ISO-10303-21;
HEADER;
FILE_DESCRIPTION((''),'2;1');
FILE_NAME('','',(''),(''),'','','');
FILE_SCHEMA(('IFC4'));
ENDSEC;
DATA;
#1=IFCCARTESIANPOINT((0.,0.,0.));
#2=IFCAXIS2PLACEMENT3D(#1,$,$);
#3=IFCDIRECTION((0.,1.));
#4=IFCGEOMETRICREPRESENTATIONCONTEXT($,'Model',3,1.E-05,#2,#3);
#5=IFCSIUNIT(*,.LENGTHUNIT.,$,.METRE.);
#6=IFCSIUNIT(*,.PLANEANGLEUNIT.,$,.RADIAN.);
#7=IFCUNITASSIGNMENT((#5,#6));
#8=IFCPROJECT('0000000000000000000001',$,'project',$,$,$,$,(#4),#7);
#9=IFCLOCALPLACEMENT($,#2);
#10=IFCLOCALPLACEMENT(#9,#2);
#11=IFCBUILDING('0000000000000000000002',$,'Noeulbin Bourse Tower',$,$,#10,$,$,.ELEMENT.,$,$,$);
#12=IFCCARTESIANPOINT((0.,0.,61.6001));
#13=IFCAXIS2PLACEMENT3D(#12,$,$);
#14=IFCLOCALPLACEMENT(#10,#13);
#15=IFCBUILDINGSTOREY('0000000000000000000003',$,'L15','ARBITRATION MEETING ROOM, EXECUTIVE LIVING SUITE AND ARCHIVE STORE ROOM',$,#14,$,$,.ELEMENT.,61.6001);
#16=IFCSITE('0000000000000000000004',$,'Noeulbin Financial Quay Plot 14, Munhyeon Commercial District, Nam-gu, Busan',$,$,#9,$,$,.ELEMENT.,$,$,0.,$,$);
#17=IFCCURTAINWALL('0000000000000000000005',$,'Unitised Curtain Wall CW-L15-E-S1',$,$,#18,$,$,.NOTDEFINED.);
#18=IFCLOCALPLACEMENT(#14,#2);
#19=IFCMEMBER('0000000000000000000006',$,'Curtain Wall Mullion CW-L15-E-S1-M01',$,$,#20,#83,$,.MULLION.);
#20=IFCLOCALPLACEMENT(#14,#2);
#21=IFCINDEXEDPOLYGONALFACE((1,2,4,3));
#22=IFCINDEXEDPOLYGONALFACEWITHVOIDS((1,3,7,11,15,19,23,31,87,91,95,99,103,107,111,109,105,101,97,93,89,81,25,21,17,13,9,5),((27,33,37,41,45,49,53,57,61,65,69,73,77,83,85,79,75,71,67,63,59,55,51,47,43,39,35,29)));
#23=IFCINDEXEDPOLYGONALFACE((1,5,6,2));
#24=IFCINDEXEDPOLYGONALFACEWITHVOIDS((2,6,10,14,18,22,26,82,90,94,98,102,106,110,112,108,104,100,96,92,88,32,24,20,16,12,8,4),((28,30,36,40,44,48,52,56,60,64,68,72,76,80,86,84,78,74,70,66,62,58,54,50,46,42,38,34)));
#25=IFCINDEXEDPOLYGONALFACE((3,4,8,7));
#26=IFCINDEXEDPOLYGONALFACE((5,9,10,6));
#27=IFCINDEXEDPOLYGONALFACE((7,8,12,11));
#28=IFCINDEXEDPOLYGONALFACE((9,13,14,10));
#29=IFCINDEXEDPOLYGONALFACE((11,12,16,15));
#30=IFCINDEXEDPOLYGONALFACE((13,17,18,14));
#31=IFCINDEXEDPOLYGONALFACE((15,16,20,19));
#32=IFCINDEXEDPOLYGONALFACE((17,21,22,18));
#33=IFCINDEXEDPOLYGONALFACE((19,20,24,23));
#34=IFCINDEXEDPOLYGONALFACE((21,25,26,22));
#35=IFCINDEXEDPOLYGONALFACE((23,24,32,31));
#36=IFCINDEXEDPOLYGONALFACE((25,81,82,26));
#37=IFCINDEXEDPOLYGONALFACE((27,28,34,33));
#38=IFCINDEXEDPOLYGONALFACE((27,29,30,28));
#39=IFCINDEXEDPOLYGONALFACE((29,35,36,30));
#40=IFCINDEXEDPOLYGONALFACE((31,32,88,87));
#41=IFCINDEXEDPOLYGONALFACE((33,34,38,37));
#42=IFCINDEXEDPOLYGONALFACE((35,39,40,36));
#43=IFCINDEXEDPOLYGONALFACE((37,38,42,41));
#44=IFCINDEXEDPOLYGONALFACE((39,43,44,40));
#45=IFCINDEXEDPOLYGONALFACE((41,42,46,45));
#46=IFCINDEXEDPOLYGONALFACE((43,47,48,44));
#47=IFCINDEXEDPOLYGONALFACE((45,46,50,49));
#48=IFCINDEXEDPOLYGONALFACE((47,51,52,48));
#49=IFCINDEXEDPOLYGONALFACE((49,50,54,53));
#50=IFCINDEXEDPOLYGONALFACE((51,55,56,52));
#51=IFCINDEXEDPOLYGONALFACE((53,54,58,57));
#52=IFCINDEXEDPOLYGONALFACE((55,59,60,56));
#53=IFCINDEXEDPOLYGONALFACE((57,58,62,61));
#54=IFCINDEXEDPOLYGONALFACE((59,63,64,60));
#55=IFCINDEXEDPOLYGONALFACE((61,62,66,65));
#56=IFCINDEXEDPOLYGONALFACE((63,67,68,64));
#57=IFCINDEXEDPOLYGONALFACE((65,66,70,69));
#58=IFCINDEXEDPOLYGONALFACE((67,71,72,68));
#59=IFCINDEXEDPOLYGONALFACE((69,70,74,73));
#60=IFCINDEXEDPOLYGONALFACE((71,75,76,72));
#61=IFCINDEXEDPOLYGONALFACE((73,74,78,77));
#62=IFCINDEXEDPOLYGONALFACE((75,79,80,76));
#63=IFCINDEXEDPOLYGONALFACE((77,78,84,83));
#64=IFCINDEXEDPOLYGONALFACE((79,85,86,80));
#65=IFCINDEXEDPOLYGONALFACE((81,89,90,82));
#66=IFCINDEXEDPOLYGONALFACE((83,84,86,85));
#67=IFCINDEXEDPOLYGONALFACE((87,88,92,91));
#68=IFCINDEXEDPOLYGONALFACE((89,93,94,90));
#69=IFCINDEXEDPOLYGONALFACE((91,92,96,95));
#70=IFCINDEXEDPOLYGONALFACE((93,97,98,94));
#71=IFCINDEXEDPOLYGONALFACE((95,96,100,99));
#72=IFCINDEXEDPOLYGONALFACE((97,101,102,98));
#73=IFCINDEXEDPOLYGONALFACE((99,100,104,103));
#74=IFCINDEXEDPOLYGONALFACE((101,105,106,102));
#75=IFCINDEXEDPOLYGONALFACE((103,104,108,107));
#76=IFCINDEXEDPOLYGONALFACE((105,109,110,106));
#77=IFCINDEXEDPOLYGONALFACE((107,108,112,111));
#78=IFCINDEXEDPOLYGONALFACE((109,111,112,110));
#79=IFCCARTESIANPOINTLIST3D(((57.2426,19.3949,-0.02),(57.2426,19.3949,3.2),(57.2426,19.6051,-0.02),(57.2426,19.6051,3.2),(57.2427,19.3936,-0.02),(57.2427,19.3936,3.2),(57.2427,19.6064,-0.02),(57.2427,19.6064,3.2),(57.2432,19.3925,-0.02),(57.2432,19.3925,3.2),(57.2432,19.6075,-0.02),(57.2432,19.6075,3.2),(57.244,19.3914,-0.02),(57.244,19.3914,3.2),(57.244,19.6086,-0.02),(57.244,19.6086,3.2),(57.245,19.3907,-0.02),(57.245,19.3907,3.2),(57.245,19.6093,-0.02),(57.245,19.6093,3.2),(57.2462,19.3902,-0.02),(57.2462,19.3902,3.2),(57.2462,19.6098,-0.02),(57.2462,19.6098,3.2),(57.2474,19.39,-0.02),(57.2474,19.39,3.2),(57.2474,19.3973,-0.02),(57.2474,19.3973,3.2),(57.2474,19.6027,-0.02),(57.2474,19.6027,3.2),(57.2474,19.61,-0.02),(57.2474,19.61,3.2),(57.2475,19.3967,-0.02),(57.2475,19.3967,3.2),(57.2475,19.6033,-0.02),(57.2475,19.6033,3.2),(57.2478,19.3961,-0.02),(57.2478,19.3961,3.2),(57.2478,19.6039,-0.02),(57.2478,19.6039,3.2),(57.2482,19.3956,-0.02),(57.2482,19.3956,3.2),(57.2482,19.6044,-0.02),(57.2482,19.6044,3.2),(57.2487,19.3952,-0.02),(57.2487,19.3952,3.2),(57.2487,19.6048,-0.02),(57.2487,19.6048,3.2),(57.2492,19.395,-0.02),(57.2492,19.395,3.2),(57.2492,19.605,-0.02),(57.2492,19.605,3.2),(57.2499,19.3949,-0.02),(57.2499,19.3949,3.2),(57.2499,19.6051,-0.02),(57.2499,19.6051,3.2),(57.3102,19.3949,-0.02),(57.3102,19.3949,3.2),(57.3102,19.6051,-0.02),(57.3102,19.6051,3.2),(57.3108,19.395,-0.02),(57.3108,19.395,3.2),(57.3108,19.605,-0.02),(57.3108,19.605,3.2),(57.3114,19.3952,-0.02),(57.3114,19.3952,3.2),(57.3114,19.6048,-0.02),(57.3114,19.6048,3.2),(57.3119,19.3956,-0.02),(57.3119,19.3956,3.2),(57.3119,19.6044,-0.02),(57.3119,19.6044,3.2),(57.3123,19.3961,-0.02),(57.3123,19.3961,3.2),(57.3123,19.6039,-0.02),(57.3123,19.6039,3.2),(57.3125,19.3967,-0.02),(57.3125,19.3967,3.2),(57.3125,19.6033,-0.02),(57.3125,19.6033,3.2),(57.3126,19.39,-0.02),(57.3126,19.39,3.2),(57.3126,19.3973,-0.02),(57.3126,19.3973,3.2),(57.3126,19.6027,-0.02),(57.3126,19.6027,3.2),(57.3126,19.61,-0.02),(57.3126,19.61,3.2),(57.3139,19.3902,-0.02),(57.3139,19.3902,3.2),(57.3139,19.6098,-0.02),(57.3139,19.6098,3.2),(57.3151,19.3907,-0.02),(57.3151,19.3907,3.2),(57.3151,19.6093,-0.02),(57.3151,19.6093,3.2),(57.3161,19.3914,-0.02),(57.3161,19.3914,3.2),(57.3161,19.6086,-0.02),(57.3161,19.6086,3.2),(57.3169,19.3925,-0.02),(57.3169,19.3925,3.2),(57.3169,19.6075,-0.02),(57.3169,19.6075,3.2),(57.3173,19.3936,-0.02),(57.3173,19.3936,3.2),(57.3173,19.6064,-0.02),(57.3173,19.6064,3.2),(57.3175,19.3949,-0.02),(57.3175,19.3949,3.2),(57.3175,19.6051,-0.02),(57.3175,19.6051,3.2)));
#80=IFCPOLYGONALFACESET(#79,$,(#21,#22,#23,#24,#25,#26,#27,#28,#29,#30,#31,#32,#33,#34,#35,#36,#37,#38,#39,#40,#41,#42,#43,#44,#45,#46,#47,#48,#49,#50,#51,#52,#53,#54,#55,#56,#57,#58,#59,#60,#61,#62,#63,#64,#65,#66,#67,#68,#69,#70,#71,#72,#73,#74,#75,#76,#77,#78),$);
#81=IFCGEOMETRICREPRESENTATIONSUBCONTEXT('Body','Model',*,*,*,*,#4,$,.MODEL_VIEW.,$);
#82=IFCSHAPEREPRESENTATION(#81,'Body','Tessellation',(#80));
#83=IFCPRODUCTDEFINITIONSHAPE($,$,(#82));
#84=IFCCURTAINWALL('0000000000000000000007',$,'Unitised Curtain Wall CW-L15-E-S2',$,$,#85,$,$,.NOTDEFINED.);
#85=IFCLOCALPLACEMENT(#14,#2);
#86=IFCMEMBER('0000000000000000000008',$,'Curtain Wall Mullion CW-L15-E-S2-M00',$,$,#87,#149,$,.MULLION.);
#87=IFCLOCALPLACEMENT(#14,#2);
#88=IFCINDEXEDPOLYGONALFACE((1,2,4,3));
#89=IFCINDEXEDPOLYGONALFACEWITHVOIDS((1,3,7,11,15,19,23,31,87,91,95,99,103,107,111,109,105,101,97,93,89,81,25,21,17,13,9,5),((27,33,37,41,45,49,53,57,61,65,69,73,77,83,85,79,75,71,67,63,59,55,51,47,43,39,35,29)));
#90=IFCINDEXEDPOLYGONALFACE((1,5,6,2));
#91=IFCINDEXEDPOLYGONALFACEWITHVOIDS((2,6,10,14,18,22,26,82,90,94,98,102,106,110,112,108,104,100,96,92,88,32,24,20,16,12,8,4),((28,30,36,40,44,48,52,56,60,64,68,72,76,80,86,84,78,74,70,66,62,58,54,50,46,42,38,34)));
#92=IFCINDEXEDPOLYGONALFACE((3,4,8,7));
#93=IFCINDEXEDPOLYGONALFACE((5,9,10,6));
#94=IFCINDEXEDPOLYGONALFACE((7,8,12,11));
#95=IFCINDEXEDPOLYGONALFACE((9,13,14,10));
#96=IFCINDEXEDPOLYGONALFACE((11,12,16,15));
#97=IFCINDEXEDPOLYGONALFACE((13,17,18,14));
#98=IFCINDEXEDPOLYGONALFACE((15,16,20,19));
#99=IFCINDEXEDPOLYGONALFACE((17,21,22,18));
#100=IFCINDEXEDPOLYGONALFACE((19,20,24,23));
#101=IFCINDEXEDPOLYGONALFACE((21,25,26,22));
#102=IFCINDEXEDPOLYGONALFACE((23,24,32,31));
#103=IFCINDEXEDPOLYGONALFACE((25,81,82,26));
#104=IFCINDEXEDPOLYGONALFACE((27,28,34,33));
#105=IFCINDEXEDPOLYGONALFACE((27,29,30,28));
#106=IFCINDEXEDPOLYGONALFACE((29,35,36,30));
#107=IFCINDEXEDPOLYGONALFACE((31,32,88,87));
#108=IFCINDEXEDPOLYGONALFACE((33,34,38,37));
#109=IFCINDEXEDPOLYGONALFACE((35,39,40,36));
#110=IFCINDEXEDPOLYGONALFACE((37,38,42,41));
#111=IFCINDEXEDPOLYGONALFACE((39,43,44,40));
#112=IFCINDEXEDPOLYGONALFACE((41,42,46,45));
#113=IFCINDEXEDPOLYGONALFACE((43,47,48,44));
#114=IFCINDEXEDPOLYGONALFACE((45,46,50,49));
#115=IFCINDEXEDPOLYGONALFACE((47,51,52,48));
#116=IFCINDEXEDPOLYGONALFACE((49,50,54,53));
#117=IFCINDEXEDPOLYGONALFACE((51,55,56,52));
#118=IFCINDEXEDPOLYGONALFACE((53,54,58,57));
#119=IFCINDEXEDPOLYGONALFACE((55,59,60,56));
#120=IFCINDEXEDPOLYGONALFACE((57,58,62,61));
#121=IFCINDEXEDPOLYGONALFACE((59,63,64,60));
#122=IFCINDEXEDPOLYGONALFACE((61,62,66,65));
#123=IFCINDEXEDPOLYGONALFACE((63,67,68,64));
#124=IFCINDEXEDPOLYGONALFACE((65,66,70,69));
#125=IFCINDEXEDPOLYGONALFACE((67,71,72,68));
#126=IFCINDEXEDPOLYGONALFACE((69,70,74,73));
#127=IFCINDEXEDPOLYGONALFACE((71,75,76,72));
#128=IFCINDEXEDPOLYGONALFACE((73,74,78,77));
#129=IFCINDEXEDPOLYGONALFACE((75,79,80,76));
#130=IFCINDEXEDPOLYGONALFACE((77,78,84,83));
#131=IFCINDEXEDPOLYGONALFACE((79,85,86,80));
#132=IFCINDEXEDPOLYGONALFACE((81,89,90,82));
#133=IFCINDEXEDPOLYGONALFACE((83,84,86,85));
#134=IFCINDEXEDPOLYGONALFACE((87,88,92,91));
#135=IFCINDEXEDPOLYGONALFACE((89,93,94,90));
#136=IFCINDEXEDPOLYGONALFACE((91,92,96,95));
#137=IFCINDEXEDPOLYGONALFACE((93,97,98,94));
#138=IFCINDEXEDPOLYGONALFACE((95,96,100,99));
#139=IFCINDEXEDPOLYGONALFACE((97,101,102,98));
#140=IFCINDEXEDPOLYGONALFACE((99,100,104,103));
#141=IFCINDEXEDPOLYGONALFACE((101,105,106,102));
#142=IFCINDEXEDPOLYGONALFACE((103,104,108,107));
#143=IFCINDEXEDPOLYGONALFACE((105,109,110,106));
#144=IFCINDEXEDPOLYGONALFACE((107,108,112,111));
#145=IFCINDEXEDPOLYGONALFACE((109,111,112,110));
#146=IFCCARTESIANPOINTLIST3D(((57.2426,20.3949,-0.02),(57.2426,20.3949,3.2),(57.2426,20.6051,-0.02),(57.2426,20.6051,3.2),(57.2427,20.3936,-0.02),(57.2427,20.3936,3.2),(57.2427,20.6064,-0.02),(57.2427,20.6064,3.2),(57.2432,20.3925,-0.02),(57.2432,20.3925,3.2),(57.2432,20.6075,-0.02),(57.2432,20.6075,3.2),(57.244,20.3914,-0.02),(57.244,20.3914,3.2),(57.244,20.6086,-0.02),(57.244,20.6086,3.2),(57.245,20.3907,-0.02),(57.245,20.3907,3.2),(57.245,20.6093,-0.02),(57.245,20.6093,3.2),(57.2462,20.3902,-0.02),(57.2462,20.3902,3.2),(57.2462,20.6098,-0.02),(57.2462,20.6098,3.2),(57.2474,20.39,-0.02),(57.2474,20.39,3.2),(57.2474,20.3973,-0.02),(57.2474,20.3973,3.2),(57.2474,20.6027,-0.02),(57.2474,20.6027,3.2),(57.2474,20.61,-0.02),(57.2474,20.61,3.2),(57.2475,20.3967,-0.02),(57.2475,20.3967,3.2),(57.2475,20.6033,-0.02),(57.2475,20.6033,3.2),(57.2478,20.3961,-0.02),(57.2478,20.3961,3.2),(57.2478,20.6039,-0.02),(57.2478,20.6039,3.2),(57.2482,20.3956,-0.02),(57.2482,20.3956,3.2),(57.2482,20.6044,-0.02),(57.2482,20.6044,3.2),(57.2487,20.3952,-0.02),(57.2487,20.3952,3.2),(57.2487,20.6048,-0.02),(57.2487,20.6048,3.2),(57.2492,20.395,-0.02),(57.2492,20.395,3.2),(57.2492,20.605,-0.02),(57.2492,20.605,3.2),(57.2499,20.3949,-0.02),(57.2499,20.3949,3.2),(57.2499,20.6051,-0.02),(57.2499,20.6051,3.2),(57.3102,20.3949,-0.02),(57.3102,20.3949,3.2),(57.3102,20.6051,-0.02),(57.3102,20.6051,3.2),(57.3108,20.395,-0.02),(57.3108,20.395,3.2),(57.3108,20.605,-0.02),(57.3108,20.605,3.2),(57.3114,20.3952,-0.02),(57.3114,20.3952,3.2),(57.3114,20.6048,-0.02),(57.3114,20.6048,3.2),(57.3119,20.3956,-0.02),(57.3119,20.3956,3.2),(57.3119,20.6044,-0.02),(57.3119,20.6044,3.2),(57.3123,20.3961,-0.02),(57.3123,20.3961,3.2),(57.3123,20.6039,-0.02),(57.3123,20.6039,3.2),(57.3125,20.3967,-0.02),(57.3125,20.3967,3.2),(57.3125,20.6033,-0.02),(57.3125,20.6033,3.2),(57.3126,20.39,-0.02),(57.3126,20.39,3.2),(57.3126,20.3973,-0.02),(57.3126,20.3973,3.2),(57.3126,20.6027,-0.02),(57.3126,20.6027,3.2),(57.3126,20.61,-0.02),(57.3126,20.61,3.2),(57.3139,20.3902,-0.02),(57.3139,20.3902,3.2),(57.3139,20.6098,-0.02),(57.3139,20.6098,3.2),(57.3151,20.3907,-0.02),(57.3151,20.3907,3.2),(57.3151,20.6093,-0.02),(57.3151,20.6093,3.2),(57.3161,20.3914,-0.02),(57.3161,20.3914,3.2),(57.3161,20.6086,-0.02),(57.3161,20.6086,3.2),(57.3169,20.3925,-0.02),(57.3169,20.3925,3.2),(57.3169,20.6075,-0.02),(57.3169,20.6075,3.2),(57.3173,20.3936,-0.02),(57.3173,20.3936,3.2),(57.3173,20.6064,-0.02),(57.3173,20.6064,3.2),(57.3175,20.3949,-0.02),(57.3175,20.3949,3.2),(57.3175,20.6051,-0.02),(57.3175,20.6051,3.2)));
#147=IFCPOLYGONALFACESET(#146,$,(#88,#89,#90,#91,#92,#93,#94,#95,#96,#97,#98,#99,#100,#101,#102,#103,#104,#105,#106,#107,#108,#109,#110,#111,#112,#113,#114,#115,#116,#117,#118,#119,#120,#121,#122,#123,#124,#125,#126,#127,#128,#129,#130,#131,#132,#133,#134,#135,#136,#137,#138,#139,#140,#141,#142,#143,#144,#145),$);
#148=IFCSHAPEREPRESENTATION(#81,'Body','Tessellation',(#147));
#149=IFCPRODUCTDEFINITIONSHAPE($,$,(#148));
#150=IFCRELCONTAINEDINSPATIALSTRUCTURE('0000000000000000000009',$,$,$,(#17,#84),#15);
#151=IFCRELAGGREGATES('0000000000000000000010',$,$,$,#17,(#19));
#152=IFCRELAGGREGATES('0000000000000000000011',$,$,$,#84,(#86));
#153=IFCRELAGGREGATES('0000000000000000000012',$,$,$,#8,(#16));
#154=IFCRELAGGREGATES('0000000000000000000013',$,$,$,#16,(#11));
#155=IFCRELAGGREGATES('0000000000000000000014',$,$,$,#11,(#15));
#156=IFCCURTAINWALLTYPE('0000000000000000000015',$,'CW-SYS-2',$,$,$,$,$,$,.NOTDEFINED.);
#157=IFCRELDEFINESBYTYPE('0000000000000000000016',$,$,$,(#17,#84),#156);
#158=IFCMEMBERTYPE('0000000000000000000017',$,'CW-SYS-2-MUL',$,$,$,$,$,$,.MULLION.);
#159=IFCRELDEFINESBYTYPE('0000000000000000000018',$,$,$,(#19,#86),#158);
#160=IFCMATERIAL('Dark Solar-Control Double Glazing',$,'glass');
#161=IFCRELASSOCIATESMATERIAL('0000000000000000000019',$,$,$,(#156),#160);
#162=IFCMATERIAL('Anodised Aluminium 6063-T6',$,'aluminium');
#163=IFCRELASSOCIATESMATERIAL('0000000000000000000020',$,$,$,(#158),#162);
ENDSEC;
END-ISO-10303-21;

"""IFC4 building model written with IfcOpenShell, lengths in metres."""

from ifc_helpers import new_model, si_unit, direction, frame, origin, origin_2d, place, context, subcontext, project, spatial, hollow_rectangle, extrude, material, material_profile, profile_set, type_object, element, aggregate, save


model = new_model("IFC4")

# Units and contexts
model_context = context("Model", 3, precision=1e-05, world=origin(), true_north=direction((0.0, 1.0)))
body_context = subcontext(model_context, "Body", "Model", "MODEL_VIEW")
ifc_project = project(units=[si_unit("LENGTHUNIT", "METRE"), si_unit("PLANEANGLEUNIT", "RADIAN")], contexts=[model_context])

# Site, building, storey
site_placement = place(None, origin())
site = spatial("IfcSite", under=ifc_project, at=site_placement, Name="Noeulbin Financial Quay Plot 14, Munhyeon Commercial District, Nam-gu, Busan", CompositionType="ELEMENT", RefElevation=0.0)
building_placement = place(site_placement, origin())
building = spatial("IfcBuilding", under=site, at=building_placement, Name="Noeulbin Bourse Tower", CompositionType="ELEMENT")
storey_placement = place(building_placement, frame((0.0, 0.0, 61.6001)))
storey = spatial("IfcBuildingStorey", under=building, at=storey_placement, Name="L15", Description="ARBITRATION MEETING ROOM, EXECUTIVE LIVING SUITE AND ARCHIVE STORE ROOM", CompositionType="ELEMENT", Elevation=61.6001)

# Curtain walls, members
ifc_material_1 = material(Name="Dark Solar-Control Double Glazing", Category="glass")
curtain_wall_type = type_object("IfcCurtainWallType", Name="CW-SYS-2", PredefinedType="NOTDEFINED", material=ifc_material_1)
ifc_material_2 = material(Name="Anodised Aluminium 6063-T6", Category="aluminium")
ifc_material_profile_1 = material_profile(ifc_material_2, hollow_rectangle(XDim=0.075, YDim=0.22, WallThickness=0.0049, InnerFilletRadius=0.0024, OuterFilletRadius=0.0049, at=origin_2d()), Name="ALU-MULL-75x220x5", Category="LoadBearing")
ifc_profile_set_1 = profile_set([ifc_material_profile_1], Name="Anodised Aluminium 6063-T6")
member_type_1 = type_object("IfcMemberType", Name="CW-SYS-2-MUL", PredefinedType="MULLION", material=ifc_profile_set_1)
curtain_wall_1_placement = place(storey_placement, origin())
curtain_wall_1 = element("IfcCurtainWall", 1, at=curtain_wall_1_placement, inside=storey, type_object=curtain_wall_type, Name="Unitised Curtain Wall CW-L15-E-S1", PredefinedType="NOTDEFINED")
member_1_placement = place(storey_placement, frame((57.28, 19.5, -0.02), z_axis=(0.0, 0.0, 1.0), x_axis=(1.0, 0.0, 0.0)))
member_1 = element("IfcMember", 2, at=member_1_placement, type_object=member_type_1, Name="Curtain Wall Mullion CW-L15-E-S1-M01", PredefinedType="MULLION", context=body_context, shape_type="SweptSolid", body=[
    extrude(hollow_rectangle(XDim=0.075, YDim=0.22, WallThickness=0.0049, InnerFilletRadius=0.0024, OuterFilletRadius=0.0049, at=origin_2d()), origin(), (0.0, 0.0, 1.0), 3.22),
])
curtain_wall_2_placement = place(storey_placement, origin())
curtain_wall_2 = element("IfcCurtainWall", 3, at=curtain_wall_2_placement, inside=storey, type_object=curtain_wall_type, Name="Unitised Curtain Wall CW-L15-E-S2", PredefinedType="NOTDEFINED")
member_2_placement = place(storey_placement, frame((57.28, 20.5, -0.02), z_axis=(0.0, 0.0, 1.0), x_axis=(1.0, 0.0, 0.0)))
member_2 = element("IfcMember", 4, at=member_2_placement, type_object=member_type_1, Name="Curtain Wall Mullion CW-L15-E-S2-M00", PredefinedType="MULLION", context=body_context, shape_type="SweptSolid", body=[
    extrude(hollow_rectangle(XDim=0.075, YDim=0.22, WallThickness=0.0049, InnerFilletRadius=0.0024, OuterFilletRadius=0.0049, at=origin_2d()), origin(), (0.0, 0.0, 1.0), 3.22),
])

aggregate(curtain_wall_1, [member_1])
aggregate(curtain_wall_2, [member_2])

save(model, "model.ifc")
